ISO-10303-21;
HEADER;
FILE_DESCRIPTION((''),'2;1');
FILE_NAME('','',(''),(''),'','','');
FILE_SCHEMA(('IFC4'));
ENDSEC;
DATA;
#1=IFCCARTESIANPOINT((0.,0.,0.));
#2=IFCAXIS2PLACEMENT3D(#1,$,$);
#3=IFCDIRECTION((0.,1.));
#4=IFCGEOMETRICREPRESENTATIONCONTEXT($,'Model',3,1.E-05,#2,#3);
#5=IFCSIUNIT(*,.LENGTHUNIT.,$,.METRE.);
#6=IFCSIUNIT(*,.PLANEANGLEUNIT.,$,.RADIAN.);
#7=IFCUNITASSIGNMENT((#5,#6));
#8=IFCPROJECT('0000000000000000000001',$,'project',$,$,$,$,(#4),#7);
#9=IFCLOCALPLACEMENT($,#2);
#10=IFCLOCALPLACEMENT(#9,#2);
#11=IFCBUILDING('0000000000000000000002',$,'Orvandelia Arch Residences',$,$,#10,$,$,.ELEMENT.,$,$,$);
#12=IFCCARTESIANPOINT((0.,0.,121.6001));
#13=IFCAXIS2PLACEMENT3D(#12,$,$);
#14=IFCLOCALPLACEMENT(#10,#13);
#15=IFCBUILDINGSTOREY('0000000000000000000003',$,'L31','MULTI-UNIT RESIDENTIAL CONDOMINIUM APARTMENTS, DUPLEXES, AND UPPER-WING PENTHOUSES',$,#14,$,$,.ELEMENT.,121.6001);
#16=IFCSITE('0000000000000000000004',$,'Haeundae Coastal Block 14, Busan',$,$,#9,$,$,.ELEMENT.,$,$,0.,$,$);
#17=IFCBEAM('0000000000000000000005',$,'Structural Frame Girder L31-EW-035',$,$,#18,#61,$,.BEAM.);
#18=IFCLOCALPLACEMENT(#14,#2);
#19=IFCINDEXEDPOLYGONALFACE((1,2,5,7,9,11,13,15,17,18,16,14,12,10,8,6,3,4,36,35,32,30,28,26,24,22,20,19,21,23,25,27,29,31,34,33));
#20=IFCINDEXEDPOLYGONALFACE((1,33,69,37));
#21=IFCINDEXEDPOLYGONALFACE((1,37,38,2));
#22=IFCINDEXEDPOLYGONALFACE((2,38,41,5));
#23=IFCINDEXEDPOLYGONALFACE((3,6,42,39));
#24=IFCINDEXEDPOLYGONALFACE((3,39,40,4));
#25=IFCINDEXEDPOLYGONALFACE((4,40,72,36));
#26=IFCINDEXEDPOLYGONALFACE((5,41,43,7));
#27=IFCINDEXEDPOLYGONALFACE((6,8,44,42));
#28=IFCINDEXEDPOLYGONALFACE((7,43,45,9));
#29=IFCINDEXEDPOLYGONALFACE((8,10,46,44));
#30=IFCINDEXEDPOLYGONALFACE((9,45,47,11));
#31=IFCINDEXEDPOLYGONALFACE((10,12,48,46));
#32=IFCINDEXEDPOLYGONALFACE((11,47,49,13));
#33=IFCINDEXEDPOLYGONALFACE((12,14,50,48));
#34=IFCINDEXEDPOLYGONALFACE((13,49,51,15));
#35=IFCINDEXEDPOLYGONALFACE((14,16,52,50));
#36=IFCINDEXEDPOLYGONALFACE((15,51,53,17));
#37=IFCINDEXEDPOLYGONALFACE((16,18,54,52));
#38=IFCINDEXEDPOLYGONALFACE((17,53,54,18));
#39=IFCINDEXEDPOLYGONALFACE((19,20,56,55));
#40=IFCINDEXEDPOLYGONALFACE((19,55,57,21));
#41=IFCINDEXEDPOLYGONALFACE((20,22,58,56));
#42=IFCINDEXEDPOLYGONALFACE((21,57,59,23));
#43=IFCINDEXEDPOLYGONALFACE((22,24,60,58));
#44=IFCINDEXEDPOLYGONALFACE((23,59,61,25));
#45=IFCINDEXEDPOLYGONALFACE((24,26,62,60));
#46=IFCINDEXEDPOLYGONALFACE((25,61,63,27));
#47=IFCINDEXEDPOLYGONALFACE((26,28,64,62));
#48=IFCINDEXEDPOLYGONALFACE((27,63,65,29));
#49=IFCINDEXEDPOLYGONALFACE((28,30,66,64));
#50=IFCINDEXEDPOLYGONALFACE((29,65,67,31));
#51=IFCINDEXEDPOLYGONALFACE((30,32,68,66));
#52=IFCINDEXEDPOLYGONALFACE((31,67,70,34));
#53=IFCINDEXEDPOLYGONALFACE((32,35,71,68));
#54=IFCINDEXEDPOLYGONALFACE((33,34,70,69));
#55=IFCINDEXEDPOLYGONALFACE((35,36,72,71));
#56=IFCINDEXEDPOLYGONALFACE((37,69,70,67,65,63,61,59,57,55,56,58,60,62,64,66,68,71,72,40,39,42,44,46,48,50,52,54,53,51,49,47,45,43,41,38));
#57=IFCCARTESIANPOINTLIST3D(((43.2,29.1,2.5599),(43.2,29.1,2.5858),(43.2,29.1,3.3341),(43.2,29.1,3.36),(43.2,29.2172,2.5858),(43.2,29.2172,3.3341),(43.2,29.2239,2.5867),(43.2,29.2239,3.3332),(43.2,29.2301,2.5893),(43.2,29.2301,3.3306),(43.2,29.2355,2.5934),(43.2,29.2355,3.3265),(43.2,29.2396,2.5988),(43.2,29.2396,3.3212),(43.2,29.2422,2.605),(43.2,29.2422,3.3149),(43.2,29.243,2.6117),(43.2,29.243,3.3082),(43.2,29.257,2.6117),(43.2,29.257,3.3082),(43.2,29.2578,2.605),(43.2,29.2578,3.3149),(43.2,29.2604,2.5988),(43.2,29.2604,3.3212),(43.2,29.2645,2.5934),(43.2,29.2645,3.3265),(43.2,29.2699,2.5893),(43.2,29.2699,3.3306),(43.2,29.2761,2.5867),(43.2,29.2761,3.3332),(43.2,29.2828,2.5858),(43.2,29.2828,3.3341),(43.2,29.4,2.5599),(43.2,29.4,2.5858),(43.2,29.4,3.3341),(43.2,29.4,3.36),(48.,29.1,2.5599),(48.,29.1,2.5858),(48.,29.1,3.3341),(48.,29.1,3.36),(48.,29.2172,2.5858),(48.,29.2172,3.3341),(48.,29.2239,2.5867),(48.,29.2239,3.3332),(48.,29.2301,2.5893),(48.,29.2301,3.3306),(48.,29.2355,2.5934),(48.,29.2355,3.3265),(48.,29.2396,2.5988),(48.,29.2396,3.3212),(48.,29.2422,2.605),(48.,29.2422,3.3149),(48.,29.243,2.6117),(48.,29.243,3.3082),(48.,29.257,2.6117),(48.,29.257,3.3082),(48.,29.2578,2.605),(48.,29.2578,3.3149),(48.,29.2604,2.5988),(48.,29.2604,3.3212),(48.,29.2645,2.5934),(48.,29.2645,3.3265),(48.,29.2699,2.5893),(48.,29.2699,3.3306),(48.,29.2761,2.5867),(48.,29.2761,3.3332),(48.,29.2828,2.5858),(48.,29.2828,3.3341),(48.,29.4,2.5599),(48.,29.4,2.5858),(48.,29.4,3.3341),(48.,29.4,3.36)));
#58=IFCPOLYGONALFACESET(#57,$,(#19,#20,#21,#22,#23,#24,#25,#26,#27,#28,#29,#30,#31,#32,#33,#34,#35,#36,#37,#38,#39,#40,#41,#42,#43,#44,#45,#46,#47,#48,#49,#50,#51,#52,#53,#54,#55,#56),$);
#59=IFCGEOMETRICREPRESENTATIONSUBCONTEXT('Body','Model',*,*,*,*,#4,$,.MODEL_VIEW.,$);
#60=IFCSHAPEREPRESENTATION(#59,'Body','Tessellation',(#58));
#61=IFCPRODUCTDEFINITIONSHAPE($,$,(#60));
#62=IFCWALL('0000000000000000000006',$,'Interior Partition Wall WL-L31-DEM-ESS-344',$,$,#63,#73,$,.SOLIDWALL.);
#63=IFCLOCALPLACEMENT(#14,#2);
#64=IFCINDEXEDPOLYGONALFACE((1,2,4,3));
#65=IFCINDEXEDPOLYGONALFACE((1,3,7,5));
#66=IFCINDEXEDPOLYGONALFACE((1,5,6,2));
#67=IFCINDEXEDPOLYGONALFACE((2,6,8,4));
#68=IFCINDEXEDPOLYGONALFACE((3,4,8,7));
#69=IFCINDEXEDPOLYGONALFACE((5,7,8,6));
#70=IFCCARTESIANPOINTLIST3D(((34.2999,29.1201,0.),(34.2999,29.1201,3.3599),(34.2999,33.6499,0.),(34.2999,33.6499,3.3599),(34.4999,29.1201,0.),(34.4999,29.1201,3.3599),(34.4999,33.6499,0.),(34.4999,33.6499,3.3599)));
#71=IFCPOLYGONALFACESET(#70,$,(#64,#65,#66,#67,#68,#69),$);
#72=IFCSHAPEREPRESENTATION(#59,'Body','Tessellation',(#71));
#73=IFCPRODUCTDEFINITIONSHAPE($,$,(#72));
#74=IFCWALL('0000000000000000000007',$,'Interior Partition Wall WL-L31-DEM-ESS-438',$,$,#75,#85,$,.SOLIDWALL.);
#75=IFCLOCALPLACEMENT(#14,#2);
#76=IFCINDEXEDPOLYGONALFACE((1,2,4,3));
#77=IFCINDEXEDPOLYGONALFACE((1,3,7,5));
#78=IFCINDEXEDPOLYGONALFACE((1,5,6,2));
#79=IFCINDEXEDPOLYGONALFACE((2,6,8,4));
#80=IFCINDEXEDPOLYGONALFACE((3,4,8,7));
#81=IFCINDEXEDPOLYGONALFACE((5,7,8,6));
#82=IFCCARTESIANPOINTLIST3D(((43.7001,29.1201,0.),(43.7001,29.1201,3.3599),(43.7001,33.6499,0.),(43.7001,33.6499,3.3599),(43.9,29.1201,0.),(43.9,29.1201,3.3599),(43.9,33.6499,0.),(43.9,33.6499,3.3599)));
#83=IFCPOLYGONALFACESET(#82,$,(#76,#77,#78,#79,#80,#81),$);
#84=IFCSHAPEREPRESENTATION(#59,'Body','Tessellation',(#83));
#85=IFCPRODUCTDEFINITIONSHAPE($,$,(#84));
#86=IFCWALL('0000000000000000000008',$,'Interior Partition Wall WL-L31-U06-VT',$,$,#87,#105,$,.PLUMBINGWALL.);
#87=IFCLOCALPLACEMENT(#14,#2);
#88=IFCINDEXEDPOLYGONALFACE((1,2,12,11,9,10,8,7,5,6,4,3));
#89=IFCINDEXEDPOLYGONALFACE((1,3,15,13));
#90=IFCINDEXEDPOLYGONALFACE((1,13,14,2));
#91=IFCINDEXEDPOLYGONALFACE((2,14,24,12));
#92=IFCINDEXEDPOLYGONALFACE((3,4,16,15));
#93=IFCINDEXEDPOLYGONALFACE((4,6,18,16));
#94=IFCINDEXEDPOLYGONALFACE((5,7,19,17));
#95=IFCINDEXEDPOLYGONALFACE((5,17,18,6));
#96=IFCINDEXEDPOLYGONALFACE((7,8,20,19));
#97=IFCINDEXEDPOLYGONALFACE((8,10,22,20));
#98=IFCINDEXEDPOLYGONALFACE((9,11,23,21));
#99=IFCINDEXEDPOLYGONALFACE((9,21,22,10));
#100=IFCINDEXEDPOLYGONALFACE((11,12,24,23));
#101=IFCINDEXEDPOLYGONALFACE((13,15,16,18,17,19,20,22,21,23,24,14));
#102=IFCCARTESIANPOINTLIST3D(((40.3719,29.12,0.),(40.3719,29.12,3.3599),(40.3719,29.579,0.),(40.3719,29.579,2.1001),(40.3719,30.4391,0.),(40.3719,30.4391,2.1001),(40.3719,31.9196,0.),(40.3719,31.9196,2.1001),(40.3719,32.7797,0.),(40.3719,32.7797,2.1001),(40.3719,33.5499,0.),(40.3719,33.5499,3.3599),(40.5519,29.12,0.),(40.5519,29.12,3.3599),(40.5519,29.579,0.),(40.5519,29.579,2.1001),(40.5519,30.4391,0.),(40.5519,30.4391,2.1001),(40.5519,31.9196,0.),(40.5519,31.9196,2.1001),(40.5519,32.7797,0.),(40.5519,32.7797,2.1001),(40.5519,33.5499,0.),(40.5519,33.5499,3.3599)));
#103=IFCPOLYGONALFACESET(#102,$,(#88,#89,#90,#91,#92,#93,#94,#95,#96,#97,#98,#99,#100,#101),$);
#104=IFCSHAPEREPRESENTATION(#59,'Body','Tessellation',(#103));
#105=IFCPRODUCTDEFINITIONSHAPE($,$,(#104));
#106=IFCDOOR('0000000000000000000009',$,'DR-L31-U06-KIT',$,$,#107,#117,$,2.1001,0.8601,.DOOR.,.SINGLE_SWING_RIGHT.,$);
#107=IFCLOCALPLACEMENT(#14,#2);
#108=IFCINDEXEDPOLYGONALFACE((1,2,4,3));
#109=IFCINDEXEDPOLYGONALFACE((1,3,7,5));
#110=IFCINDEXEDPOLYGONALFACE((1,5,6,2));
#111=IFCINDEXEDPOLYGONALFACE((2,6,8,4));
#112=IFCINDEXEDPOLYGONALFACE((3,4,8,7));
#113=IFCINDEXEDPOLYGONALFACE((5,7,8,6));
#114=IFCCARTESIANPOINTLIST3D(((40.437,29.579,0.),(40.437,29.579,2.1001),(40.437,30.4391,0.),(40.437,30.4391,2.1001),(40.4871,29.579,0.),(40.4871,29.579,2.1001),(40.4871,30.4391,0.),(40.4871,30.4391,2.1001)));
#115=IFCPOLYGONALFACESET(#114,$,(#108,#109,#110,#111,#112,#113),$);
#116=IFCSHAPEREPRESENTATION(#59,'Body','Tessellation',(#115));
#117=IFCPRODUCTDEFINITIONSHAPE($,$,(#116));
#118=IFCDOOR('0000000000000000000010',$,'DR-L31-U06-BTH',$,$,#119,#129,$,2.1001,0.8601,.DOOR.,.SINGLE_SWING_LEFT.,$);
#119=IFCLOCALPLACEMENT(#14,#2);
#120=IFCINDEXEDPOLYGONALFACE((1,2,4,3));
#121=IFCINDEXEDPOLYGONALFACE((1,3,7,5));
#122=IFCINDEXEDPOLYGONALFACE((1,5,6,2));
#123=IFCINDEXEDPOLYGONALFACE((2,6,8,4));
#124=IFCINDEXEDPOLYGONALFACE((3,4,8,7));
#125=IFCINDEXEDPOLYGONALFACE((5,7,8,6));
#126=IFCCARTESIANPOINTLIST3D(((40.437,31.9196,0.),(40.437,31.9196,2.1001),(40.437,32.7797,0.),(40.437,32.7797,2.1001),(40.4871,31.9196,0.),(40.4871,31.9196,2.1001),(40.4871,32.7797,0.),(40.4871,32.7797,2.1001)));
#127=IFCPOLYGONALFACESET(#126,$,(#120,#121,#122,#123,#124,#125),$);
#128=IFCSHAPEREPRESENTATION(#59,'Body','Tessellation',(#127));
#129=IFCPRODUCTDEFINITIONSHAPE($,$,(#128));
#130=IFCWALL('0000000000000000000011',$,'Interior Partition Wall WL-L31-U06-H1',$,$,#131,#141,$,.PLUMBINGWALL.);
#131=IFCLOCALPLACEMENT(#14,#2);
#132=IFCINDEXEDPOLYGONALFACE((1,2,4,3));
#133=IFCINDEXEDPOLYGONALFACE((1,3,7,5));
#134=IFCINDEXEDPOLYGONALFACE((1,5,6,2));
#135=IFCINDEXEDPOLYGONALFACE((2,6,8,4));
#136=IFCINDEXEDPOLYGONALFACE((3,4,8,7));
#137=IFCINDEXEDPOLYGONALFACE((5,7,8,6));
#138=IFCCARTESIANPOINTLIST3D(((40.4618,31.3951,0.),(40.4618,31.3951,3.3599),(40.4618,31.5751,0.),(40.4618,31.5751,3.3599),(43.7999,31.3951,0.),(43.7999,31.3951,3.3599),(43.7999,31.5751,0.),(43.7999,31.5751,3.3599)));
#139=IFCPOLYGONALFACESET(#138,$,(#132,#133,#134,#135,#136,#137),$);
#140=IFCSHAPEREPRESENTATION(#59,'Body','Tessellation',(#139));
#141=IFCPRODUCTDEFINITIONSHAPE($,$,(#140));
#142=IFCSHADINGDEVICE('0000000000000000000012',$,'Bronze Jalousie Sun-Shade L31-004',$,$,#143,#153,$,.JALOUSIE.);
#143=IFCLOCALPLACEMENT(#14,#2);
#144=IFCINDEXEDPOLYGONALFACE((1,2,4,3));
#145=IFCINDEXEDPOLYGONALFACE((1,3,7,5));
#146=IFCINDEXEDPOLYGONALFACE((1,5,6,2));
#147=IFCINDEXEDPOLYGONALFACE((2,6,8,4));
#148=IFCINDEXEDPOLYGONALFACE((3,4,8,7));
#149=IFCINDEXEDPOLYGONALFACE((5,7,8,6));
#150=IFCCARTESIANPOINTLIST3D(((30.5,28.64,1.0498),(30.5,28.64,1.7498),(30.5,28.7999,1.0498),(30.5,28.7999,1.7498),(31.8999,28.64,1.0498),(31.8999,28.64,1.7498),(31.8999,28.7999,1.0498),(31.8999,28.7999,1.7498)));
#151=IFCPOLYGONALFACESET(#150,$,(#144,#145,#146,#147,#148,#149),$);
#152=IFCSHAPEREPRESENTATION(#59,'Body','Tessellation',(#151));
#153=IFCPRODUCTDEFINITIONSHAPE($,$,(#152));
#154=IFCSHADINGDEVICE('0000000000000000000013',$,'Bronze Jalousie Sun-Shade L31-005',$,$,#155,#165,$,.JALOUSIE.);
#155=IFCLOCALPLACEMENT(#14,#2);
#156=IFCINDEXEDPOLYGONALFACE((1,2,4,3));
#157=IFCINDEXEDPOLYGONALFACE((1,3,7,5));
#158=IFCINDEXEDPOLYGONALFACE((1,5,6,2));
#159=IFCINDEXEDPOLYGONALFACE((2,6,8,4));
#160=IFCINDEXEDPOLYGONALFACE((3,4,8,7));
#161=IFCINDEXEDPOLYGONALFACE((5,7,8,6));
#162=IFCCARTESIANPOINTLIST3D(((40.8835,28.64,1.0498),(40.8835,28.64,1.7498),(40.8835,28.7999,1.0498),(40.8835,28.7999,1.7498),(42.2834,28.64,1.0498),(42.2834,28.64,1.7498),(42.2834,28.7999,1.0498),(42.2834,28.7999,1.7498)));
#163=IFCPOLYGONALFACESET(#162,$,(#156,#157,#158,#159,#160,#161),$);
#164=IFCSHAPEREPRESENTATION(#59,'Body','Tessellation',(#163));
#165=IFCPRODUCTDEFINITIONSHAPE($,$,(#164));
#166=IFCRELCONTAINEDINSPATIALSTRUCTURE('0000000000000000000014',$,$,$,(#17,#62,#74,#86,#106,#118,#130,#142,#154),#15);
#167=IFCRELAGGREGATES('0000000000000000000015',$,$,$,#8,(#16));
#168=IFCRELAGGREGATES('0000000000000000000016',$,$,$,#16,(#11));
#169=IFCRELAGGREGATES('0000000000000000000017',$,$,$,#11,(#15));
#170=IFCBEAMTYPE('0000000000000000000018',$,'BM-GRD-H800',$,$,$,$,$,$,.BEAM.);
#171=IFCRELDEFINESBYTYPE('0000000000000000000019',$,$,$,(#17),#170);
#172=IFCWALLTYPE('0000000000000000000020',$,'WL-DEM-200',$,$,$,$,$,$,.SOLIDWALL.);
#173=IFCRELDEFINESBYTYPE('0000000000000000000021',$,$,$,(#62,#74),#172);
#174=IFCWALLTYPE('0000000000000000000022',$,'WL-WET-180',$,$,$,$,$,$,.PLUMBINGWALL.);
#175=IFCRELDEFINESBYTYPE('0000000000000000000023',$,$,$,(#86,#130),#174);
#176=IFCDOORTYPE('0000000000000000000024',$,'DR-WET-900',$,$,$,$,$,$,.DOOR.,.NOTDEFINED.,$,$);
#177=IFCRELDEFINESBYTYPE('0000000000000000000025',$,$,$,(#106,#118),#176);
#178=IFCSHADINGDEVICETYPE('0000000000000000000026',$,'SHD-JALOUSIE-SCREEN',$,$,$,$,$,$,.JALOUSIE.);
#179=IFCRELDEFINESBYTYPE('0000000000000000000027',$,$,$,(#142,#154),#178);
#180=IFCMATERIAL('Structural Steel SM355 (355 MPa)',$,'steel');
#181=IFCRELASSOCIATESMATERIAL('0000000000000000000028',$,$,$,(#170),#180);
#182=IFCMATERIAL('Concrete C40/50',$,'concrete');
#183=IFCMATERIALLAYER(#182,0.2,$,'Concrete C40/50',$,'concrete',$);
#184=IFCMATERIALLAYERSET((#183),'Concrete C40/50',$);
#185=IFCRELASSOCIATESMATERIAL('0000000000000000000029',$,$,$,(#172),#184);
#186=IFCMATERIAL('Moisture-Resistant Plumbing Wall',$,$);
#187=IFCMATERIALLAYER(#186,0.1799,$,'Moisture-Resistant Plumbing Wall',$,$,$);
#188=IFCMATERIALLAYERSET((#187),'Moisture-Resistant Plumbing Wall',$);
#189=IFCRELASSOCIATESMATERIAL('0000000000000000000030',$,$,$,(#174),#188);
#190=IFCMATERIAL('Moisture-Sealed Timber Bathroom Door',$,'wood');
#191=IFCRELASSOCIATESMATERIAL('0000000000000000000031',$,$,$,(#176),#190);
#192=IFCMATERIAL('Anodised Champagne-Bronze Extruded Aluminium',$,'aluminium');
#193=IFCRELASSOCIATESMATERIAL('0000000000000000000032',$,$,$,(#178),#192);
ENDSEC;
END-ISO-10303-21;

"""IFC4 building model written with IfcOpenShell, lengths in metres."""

from ifc_helpers import new_model, si_unit, direction, frame, frame_2d, origin, origin_2d, place, context, subcontext, project, spatial, rectangle, i_section, extrude, material, layer, layer_set, material_profile, profile_set, type_object, element, fill, save


model = new_model("IFC4")

# Units and contexts
model_context = context("Model", 3, precision=1e-05, world=origin(), true_north=direction((0.0, 1.0)))
body_context = subcontext(model_context, "Body", "Model", "MODEL_VIEW")
ifc_project = project(units=[si_unit("LENGTHUNIT", "METRE"), si_unit("PLANEANGLEUNIT", "RADIAN")], contexts=[model_context])

# Site, building, storey
site_placement = place(None, origin())
site = spatial("IfcSite", under=ifc_project, at=site_placement, Name="Haeundae Coastal Block 14, Busan", CompositionType="ELEMENT", RefElevation=0.0)
building_placement = place(site_placement, origin())
building = spatial("IfcBuilding", under=site, at=building_placement, Name="Orvandelia Arch Residences", CompositionType="ELEMENT")
storey_placement = place(building_placement, frame((0.0, 0.0, 121.6001)))
storey = spatial("IfcBuildingStorey", under=building, at=storey_placement, Name="L31", Description="MULTI-UNIT RESIDENTIAL CONDOMINIUM APARTMENTS, DUPLEXES, AND UPPER-WING PENTHOUSES", CompositionType="ELEMENT", Elevation=121.6001)

# Beam
ifc_material_1 = material(Name="Structural Steel SM355 (355 MPa)", Category="steel")
ifc_material_profile_1 = material_profile(ifc_material_1, i_section(OverallWidth=0.3, OverallDepth=0.8, WebThickness=0.0139, FlangeThickness=0.0259, FilletRadius=0.0259, at=origin_2d()), Name="Structural Steel SM355 (355 MPa)", Category="steel")
ifc_profile_set_1 = profile_set([ifc_material_profile_1], Name="Structural Steel SM355 (355 MPa)")
beam_type = type_object("IfcBeamType", Name="BM-GRD-H800", PredefinedType="BEAM", material=ifc_profile_set_1)
for number, where, z_axis, x_axis, name in (
    (1, (43.2, 29.25, 2.96), (1.0, 0.0, 0.0), (0.0, 1.0, 0.0), "Structural Frame Girder L31-EW-035"),
):
    element("IfcBeam", number, at=place(storey_placement, frame(where, z_axis=z_axis, x_axis=x_axis)), inside=storey, type_object=beam_type, Name=name, PredefinedType="BEAM", context=body_context, shape_type="SweptSolid", body=[
        extrude(i_section(OverallWidth=0.3, OverallDepth=0.8, WebThickness=0.0139, FlangeThickness=0.0259, FilletRadius=0.0259, at=origin_2d()), origin(), (0.0, 0.0, 1.0), 4.8),
    ])

# Walls
ifc_material_2 = material(Name="Concrete C40/50", Category="concrete")
ifc_layer_1 = layer(ifc_material_2, 0.2, Name="Concrete C40/50", Category="concrete")
ifc_layer_set_1 = layer_set([ifc_layer_1], Name="Concrete C40/50")
wall_type_1 = type_object("IfcWallType", Name="WL-DEM-200", PredefinedType="SOLIDWALL", material=ifc_layer_set_1)
for number, where, z_axis, x_axis, name in (
    (2, (34.3999, 29.1201, 0.0), (0.0, 0.0, 1.0), (0.0, 1.0, 0.0), "Interior Partition Wall WL-L31-DEM-ESS-344"),
    (3, (43.8, 29.1201, 0.0), (0.0, 0.0, 1.0), (0.0, 1.0, 0.0), "Interior Partition Wall WL-L31-DEM-ESS-438"),
):
    element("IfcWall", number, at=place(storey_placement, frame(where, z_axis=z_axis, x_axis=x_axis)), inside=storey, type_object=wall_type_1, Name=name, PredefinedType="SOLIDWALL", context=body_context, shape_type="SweptSolid", body=[
        extrude(rectangle(XDim=4.5298, YDim=0.2, at=frame_2d((2.2649, 0.0))), origin(), (0.0, 0.0, 1.0), 3.3599),
    ])

# Wall, openings, doors
ifc_material_3 = material(Name="Moisture-Resistant Plumbing Wall")
ifc_layer_2 = layer(ifc_material_3, 0.1799, Name="Moisture-Resistant Plumbing Wall")
ifc_layer_set_2 = layer_set([ifc_layer_2], Name="Moisture-Resistant Plumbing Wall")
wall_type_2 = type_object("IfcWallType", Name="WL-WET-180", PredefinedType="PLUMBINGWALL", material=ifc_layer_set_2)
wall_1_placement = place(storey_placement, frame((40.4619, 29.1201, 0.0), z_axis=(0.0, 0.0, 1.0), x_axis=(0.0, 1.0, 0.0)))
wall_1 = element("IfcWall", 4, at=wall_1_placement, inside=storey, type_object=wall_type_2, Name="Interior Partition Wall WL-L31-U06-VT", PredefinedType="PLUMBINGWALL", context=body_context, shape_type="SweptSolid", body=[
    extrude(rectangle(XDim=4.4299, YDim=0.1799, at=frame_2d((2.2148, 0.0))), origin(), (0.0, 0.0, 1.0), 3.3599),
])
opening_1_placement = place(wall_1_placement, frame((0.4587, 0.0, 0.0)))
opening_1 = element("IfcOpeningElement", 5, at=opening_1_placement, cuts=wall_1, PredefinedType="OPENING", context=body_context, shape_type="SweptSolid", body=[
    extrude(rectangle(XDim=0.8601, YDim=2.1001, at=frame_2d((0.4302, 1.05))), frame((0.0, 0.1001, 0.0), z_axis=(0.0, -1.0, 0.0), x_axis=(1.0, 0.0, 0.0)), (0.0, 0.0, 1.0), 0.2),
])
opening_2_placement = place(wall_1_placement, frame((2.7993, 0.0, 0.0)))
opening_2 = element("IfcOpeningElement", 6, at=opening_2_placement, cuts=wall_1, PredefinedType="OPENING", context=body_context, shape_type="SweptSolid", body=[
    extrude(rectangle(XDim=0.8601, YDim=2.1001, at=frame_2d((0.4302, 1.05))), frame((0.0, 0.1001, 0.0), z_axis=(0.0, -1.0, 0.0), x_axis=(1.0, 0.0, 0.0)), (0.0, 0.0, 1.0), 0.2),
])
ifc_material_4 = material(Name="Moisture-Sealed Timber Bathroom Door", Category="wood")
door_type = type_object("IfcDoorType", Name="DR-WET-900", OperationType="NOTDEFINED", PredefinedType="DOOR", material=ifc_material_4)
door_1_placement = place(opening_1_placement, origin())
door_1 = element("IfcDoor", 7, at=door_1_placement, inside=storey, type_object=door_type, Name="DR-L31-U06-KIT", OperationType="SINGLE_SWING_RIGHT", OverallHeight=2.1001, OverallWidth=0.8601, PredefinedType="DOOR", context=body_context, shape_type="SweptSolid", body=[
    extrude(rectangle(XDim=0.8601, YDim=2.1001, at=frame_2d((0.4302, 1.05))), frame((0.0, 0.0249, 0.0), z_axis=(0.0, -1.0, 0.0), x_axis=(1.0, 0.0, 0.0)), (0.0, 0.0, 1.0), 0.05),
])
fill(opening_1, door_1)
door_2_placement = place(opening_2_placement, origin())
door_2 = element("IfcDoor", 8, at=door_2_placement, inside=storey, type_object=door_type, Name="DR-L31-U06-BTH", OperationType="SINGLE_SWING_LEFT", OverallHeight=2.1001, OverallWidth=0.8601, PredefinedType="DOOR", context=body_context, shape_type="SweptSolid", body=[
    extrude(rectangle(XDim=0.8601, YDim=2.1001, at=frame_2d((0.4302, 1.05))), frame((0.0, 0.0249, 0.0), z_axis=(0.0, -1.0, 0.0), x_axis=(1.0, 0.0, 0.0)), (0.0, 0.0, 1.0), 0.05),
])
fill(opening_2, door_2)

# Wall
wall_2_placement = place(storey_placement, frame((40.4619, 31.4851, 0.0), z_axis=(0.0, 0.0, 1.0), x_axis=(1.0, 0.0, 0.0)))
element("IfcWall", 9, at=wall_2_placement, inside=storey, type_object=wall_type_2, Name="Interior Partition Wall WL-L31-U06-H1", PredefinedType="PLUMBINGWALL", context=body_context, shape_type="SweptSolid", body=[
    extrude(rectangle(XDim=3.3381, YDim=0.1799, at=frame_2d((1.6689, 0.0))), origin(), (0.0, 0.0, 1.0), 3.3599),
])

# Shading devices
ifc_material_5 = material(Name="Anodised Champagne-Bronze Extruded Aluminium", Category="aluminium")
shading_device_type = type_object("IfcShadingDeviceType", Name="SHD-JALOUSIE-SCREEN", PredefinedType="JALOUSIE", material=ifc_material_5)
for number, where, z_axis, x_axis, name in (
    (10, (31.2, 28.72, 1.0498), (0.0, 0.0, 1.0), (-1.0, 0.0, 0.0), "Bronze Jalousie Sun-Shade L31-004"),
    (11, (41.5835, 28.72, 1.0498), (0.0, 0.0, 1.0), (-1.0, 0.0, 0.0), "Bronze Jalousie Sun-Shade L31-005"),
):
    element("IfcShadingDevice", number, at=place(storey_placement, frame(where, z_axis=z_axis, x_axis=x_axis)), inside=storey, type_object=shading_device_type, Name=name, PredefinedType="JALOUSIE", context=body_context, shape_type="SweptSolid", body=[
        extrude(rectangle(XDim=1.3999, YDim=0.1599, at=origin_2d()), origin(), (0.0, 0.0, 1.0), 0.7),
    ])

save(model, "model.ifc")
